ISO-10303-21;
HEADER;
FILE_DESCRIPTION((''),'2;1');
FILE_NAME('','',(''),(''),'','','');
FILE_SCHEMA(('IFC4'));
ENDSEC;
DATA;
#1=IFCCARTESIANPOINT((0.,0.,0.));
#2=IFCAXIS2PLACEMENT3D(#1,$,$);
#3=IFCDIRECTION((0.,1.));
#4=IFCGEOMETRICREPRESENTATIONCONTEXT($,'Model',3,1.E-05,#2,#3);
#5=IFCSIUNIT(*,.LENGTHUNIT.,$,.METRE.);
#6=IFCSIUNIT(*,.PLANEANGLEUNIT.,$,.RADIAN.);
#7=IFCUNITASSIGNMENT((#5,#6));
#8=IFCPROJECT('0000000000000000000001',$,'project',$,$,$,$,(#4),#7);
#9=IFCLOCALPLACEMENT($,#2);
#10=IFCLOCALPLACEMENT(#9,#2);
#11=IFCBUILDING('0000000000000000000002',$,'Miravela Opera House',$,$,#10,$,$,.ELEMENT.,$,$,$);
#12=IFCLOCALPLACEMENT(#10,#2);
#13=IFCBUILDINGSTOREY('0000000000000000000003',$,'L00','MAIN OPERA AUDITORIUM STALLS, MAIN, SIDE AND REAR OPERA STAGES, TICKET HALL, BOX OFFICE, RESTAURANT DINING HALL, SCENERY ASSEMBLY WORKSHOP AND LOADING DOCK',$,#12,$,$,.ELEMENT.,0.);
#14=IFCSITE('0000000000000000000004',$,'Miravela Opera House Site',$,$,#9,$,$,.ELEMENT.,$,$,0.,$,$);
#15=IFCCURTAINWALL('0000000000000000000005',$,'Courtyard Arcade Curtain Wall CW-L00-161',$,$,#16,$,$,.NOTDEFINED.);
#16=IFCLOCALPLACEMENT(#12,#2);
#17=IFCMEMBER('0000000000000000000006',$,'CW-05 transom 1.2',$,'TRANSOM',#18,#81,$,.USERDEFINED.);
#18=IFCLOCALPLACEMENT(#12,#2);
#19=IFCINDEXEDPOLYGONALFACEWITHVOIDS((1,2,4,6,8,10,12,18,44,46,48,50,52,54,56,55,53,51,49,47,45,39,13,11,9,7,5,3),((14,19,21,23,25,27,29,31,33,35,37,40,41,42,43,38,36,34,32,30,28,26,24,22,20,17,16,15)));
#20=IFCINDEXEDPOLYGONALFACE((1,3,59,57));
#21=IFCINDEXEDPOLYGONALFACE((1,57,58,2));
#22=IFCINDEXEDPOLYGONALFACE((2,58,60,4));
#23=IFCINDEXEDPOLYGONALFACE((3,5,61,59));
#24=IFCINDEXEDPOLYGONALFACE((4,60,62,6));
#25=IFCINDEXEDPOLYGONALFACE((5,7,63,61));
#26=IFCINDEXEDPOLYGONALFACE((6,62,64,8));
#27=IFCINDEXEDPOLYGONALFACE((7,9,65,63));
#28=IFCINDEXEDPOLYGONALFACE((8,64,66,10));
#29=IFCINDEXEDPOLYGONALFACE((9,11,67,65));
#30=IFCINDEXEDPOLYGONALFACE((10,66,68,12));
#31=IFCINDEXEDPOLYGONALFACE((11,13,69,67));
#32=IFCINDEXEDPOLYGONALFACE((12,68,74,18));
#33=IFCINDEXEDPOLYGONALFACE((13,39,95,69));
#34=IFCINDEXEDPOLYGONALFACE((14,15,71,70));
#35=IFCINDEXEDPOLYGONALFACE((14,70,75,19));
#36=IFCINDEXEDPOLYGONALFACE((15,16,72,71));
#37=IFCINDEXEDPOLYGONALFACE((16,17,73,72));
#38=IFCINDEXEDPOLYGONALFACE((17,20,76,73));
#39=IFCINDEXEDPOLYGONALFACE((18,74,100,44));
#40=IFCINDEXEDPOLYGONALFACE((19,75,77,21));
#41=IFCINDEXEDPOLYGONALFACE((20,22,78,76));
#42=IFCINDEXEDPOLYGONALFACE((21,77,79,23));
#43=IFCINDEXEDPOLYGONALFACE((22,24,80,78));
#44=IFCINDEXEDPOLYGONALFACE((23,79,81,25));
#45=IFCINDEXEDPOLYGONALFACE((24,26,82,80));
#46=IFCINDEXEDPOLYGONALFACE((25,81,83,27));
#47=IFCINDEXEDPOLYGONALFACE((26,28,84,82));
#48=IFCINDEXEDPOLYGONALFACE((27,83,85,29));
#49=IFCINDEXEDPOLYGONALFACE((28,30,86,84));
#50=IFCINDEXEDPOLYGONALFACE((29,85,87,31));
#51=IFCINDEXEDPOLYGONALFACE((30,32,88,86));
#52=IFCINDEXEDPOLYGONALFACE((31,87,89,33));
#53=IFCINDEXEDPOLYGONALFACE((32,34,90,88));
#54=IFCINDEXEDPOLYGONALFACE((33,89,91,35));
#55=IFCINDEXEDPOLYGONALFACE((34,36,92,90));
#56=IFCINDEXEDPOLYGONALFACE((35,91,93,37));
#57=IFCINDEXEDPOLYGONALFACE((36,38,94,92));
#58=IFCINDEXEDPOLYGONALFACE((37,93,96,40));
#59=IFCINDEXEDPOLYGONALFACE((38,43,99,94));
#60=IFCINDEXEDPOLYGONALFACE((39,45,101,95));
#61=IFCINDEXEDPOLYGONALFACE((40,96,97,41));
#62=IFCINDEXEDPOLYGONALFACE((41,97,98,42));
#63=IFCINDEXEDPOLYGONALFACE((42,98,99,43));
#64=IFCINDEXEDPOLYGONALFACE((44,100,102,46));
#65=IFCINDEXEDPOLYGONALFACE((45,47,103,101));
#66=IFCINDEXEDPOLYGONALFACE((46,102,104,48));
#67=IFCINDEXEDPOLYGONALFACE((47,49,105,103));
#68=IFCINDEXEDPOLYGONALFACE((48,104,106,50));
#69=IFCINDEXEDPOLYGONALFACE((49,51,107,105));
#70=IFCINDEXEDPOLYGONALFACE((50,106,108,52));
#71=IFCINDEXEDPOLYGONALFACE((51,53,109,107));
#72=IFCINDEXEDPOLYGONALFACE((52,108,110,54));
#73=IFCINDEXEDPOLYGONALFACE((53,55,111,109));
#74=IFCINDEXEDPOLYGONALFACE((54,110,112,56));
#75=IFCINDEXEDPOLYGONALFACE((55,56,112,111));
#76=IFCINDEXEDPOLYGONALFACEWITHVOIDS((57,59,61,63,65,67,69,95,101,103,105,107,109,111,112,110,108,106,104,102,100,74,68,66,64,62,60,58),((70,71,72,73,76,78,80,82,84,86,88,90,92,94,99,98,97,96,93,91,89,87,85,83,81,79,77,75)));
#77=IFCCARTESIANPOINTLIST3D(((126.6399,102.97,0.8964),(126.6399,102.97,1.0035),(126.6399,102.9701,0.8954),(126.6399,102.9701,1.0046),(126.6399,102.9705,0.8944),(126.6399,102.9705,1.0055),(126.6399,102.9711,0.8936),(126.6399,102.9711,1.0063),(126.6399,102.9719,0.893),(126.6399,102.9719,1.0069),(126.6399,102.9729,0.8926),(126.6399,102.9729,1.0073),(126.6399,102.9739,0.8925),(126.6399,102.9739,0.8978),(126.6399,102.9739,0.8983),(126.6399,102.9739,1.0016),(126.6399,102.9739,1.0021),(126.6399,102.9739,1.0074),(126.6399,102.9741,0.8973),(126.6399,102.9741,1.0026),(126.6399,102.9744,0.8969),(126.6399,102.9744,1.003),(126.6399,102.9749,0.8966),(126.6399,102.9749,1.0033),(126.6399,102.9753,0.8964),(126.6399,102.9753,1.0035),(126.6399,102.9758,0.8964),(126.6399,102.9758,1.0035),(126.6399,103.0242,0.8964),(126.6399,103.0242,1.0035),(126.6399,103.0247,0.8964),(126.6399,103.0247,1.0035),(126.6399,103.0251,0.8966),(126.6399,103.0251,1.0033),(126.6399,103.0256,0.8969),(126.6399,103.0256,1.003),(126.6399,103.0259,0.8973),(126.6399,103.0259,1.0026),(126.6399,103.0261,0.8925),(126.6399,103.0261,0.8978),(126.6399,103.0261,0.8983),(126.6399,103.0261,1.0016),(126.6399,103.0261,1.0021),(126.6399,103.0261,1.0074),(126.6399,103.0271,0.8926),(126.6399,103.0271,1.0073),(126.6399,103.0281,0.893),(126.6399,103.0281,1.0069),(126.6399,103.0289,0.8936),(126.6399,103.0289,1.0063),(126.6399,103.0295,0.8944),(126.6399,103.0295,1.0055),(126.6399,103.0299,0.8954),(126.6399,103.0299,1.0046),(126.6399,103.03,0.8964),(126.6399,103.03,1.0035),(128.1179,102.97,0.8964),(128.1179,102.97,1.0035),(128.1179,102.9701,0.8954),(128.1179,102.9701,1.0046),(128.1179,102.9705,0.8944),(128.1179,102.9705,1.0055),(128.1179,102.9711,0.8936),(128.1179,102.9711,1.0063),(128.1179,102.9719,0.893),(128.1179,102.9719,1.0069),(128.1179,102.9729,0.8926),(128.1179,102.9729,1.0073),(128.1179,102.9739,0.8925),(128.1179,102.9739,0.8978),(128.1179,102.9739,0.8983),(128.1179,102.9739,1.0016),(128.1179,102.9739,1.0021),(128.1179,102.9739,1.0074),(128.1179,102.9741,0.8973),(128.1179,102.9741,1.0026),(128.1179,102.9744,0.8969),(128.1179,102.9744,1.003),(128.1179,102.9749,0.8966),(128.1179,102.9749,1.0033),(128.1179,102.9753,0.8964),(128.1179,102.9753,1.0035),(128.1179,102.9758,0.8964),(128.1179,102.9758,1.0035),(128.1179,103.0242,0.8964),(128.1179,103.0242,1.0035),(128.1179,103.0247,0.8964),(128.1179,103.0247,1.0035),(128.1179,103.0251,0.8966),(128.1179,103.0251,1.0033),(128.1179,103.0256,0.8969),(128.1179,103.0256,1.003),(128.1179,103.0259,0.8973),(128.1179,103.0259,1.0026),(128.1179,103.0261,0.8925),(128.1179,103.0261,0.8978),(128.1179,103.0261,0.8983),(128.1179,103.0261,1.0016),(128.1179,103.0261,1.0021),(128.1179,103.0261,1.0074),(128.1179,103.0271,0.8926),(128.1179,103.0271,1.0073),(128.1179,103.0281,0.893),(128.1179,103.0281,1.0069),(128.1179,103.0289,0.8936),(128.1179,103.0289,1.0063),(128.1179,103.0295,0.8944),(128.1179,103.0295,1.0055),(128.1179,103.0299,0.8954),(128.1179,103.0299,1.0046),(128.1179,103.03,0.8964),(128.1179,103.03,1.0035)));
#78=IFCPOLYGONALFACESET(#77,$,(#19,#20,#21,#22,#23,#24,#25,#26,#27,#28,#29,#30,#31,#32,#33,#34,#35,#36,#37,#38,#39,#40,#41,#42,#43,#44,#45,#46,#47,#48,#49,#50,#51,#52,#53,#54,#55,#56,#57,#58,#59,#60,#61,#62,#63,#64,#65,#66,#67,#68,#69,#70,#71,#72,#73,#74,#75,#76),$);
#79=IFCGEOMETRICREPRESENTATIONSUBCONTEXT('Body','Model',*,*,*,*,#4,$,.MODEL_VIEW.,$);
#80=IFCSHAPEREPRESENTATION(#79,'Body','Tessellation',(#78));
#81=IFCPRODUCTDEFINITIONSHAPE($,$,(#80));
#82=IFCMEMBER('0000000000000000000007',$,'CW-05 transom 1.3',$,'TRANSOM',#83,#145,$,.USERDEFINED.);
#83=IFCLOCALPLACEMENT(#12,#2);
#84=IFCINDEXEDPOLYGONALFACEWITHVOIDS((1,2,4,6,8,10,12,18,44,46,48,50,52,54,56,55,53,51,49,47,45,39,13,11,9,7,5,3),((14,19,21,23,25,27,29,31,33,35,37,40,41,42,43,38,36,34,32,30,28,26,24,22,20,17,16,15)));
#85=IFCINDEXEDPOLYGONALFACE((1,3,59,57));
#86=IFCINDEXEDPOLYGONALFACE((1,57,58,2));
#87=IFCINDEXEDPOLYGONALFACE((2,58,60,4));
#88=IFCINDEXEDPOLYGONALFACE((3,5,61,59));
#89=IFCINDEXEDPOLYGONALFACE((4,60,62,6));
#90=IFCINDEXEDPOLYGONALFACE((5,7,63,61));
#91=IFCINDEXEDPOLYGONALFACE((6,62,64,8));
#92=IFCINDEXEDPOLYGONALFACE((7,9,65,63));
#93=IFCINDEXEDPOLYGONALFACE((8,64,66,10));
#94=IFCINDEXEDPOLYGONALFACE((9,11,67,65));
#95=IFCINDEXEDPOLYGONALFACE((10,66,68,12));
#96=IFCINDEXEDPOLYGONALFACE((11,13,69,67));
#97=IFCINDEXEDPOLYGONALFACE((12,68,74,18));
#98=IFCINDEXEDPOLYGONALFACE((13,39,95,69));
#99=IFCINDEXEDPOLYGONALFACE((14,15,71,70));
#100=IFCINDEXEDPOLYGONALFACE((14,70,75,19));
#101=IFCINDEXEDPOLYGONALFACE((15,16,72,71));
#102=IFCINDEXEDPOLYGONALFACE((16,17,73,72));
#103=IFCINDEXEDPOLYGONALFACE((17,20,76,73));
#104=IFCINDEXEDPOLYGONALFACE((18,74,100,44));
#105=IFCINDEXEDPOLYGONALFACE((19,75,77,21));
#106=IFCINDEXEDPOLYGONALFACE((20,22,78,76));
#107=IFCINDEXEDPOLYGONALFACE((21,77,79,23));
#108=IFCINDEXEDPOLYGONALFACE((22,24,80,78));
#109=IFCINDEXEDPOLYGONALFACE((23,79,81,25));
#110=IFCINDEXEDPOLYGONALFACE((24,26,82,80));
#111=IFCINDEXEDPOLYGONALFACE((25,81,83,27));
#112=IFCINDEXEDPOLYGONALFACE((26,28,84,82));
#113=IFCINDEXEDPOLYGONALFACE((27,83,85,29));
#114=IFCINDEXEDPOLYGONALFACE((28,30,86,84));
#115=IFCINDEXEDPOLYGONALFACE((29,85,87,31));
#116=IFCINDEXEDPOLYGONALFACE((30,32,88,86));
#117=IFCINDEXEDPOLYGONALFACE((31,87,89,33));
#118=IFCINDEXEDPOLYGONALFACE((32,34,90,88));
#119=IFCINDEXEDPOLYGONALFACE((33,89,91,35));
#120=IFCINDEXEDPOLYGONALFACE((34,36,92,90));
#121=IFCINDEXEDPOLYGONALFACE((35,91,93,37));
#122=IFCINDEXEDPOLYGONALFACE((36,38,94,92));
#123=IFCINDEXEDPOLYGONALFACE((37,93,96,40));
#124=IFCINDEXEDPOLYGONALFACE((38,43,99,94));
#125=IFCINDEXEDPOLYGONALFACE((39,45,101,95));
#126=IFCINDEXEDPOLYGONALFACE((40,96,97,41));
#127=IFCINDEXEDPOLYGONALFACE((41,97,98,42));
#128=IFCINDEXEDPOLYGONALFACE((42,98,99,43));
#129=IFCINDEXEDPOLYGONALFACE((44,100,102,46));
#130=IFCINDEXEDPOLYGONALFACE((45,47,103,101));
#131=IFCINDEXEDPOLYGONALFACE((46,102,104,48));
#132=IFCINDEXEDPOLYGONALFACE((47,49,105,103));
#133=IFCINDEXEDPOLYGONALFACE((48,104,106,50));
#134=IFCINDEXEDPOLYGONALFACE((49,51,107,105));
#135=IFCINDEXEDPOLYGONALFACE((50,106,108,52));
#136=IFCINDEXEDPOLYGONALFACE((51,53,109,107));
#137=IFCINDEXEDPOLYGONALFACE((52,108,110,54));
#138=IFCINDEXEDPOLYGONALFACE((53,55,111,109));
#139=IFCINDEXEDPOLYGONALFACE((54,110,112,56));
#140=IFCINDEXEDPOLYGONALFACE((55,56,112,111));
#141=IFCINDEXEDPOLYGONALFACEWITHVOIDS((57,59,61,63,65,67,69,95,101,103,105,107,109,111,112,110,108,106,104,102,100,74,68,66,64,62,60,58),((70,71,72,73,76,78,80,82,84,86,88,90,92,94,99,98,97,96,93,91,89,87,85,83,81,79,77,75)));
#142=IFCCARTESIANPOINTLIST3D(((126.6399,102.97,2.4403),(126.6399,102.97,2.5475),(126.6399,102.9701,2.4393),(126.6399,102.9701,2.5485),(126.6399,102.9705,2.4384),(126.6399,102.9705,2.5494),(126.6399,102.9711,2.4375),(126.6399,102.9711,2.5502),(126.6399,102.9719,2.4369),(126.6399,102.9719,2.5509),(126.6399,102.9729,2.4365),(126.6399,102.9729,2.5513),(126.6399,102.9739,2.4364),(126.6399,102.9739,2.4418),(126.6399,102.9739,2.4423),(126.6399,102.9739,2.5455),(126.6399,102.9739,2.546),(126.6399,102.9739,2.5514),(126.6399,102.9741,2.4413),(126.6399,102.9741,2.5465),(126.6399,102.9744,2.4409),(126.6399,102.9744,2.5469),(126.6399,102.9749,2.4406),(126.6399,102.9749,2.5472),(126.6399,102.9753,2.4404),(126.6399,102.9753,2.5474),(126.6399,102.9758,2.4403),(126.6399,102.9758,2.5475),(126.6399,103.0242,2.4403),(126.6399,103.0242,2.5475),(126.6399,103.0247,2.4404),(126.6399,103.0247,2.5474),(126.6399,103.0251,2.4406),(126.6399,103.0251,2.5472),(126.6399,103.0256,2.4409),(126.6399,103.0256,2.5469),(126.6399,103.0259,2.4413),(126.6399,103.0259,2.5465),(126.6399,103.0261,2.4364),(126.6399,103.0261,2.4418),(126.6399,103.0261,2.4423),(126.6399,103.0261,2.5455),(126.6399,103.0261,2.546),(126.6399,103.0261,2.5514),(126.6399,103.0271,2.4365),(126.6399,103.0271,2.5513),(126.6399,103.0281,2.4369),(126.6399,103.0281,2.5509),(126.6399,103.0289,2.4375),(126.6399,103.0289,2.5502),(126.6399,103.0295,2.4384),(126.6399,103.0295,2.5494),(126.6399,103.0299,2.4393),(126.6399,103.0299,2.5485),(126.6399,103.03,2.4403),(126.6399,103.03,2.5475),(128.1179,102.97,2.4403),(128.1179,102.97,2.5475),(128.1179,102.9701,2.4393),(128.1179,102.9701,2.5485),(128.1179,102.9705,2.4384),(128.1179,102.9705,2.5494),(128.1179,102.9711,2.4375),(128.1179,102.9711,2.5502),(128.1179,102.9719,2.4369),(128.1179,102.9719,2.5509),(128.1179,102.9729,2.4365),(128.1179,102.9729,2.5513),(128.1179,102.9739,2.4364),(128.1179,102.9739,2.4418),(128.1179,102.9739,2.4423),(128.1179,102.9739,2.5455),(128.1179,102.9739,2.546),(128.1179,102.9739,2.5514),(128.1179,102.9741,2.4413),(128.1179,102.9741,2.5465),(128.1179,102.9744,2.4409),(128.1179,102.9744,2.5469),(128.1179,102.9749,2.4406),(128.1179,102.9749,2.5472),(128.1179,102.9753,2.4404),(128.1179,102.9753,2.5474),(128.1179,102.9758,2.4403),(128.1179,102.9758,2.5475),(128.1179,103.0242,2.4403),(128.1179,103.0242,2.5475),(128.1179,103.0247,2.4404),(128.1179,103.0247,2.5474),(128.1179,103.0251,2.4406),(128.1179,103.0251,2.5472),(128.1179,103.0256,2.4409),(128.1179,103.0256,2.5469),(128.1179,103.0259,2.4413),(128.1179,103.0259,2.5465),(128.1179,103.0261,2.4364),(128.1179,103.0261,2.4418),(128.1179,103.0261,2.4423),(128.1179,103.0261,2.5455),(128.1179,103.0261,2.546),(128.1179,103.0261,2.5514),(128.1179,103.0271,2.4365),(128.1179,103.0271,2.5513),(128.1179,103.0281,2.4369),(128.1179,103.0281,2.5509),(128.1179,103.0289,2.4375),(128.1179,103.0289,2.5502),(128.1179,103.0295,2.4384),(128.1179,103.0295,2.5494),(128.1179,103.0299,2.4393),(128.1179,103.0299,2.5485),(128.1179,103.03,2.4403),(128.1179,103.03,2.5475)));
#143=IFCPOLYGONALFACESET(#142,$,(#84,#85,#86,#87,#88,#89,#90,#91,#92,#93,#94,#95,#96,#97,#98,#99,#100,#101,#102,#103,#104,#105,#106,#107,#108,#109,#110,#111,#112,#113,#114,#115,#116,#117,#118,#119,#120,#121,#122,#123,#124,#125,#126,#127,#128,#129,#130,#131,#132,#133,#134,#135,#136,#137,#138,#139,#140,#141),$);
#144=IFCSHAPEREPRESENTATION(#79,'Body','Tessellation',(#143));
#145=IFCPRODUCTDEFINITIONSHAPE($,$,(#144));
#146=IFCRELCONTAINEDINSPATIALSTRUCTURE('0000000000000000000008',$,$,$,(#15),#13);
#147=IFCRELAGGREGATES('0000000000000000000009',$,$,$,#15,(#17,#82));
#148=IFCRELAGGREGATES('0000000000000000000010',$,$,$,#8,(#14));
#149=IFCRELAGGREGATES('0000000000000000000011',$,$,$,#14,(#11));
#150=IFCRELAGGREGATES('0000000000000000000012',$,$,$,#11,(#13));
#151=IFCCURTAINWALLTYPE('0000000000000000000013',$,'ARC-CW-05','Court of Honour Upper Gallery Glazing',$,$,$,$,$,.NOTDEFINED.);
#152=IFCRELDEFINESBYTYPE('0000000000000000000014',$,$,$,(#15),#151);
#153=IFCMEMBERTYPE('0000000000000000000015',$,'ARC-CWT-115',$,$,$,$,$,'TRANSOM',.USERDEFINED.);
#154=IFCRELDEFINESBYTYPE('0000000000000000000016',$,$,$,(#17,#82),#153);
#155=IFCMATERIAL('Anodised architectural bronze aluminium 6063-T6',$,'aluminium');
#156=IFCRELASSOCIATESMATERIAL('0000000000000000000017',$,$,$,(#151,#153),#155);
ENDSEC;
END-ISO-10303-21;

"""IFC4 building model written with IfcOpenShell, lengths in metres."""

from ifc_helpers import new_model, si_unit, direction, frame, origin, origin_2d, place, context, subcontext, project, spatial, hollow_rectangle, extrude, material, material_profile, profile_set, type_object, element, aggregate, save


model = new_model("IFC4")

# Units and contexts
model_context = context("Model", 3, precision=1e-05, world=origin(), true_north=direction((0.0, 1.0)))
body_context = subcontext(model_context, "Body", "Model", "MODEL_VIEW")
ifc_project = project(units=[si_unit("LENGTHUNIT", "METRE"), si_unit("PLANEANGLEUNIT", "RADIAN")], contexts=[model_context])

# Site, building, storey
site_placement = place(None, origin())
site = spatial("IfcSite", under=ifc_project, at=site_placement, Name="Miravela Opera House Site", CompositionType="ELEMENT", RefElevation=0.0)
building_placement = place(site_placement, origin())
building = spatial("IfcBuilding", under=site, at=building_placement, Name="Miravela Opera House", CompositionType="ELEMENT")
storey_placement = place(building_placement, origin())
storey = spatial("IfcBuildingStorey", under=building, at=storey_placement, Name="L00", Description="MAIN OPERA AUDITORIUM STALLS, MAIN, SIDE AND REAR OPERA STAGES, TICKET HALL, BOX OFFICE, RESTAURANT DINING HALL, SCENERY ASSEMBLY WORKSHOP AND LOADING DOCK", CompositionType="ELEMENT", Elevation=0.0)

# Curtain wall, members
ifc_material_1 = material(Name="Anodised architectural bronze aluminium 6063-T6", Category="aluminium")
curtain_wall_type = type_object("IfcCurtainWallType", Name="ARC-CW-05", Description="Court of Honour Upper Gallery Glazing", PredefinedType="NOTDEFINED", material=ifc_material_1)
curtain_wall_placement = place(storey_placement, origin())
curtain_wall = element("IfcCurtainWall", 1, at=curtain_wall_placement, inside=storey, type_object=curtain_wall_type, Name="Courtyard Arcade Curtain Wall CW-L00-161", PredefinedType="NOTDEFINED")
ifc_material_profile_1 = material_profile(ifc_material_1, hollow_rectangle(XDim=0.0601, YDim=0.115, WallThickness=0.0039, InnerFilletRadius=0.002, OuterFilletRadius=0.0039, at=origin_2d()), Name="CWT-60X115")
ifc_profile_set_1 = profile_set([ifc_material_profile_1])
member_type_1 = type_object("IfcMemberType", Name="ARC-CWT-115", ElementType="TRANSOM", PredefinedType="USERDEFINED", material=ifc_profile_set_1)
member_1_placement = place(storey_placement, frame((126.6399, 103.0, 0.95), z_axis=(1.0, 0.0, 0.0), x_axis=(0.0, 1.0, 0.0)))
member_1 = element("IfcMember", 2, at=member_1_placement, type_object=member_type_1, Name="CW-05 transom 1.2", ObjectType="TRANSOM", PredefinedType="USERDEFINED", context=body_context, shape_type="SweptSolid", body=[
    extrude(hollow_rectangle(XDim=0.0601, YDim=0.115, WallThickness=0.0039, InnerFilletRadius=0.002, OuterFilletRadius=0.0039, at=origin_2d()), origin(), (0.0, 0.0, 1.0), 1.478),
])
member_2_placement = place(storey_placement, frame((126.6399, 103.0, 2.4939), z_axis=(1.0, 0.0, 0.0), x_axis=(0.0, 1.0, 0.0)))
member_2 = element("IfcMember", 3, at=member_2_placement, type_object=member_type_1, Name="CW-05 transom 1.3", ObjectType="TRANSOM", PredefinedType="USERDEFINED", context=body_context, shape_type="SweptSolid", body=[
    extrude(hollow_rectangle(XDim=0.0601, YDim=0.115, WallThickness=0.0039, InnerFilletRadius=0.002, OuterFilletRadius=0.0039, at=origin_2d()), origin(), (0.0, 0.0, 1.0), 1.478),
])

aggregate(curtain_wall, [member_1, member_2])

save(model, "model.ifc")
